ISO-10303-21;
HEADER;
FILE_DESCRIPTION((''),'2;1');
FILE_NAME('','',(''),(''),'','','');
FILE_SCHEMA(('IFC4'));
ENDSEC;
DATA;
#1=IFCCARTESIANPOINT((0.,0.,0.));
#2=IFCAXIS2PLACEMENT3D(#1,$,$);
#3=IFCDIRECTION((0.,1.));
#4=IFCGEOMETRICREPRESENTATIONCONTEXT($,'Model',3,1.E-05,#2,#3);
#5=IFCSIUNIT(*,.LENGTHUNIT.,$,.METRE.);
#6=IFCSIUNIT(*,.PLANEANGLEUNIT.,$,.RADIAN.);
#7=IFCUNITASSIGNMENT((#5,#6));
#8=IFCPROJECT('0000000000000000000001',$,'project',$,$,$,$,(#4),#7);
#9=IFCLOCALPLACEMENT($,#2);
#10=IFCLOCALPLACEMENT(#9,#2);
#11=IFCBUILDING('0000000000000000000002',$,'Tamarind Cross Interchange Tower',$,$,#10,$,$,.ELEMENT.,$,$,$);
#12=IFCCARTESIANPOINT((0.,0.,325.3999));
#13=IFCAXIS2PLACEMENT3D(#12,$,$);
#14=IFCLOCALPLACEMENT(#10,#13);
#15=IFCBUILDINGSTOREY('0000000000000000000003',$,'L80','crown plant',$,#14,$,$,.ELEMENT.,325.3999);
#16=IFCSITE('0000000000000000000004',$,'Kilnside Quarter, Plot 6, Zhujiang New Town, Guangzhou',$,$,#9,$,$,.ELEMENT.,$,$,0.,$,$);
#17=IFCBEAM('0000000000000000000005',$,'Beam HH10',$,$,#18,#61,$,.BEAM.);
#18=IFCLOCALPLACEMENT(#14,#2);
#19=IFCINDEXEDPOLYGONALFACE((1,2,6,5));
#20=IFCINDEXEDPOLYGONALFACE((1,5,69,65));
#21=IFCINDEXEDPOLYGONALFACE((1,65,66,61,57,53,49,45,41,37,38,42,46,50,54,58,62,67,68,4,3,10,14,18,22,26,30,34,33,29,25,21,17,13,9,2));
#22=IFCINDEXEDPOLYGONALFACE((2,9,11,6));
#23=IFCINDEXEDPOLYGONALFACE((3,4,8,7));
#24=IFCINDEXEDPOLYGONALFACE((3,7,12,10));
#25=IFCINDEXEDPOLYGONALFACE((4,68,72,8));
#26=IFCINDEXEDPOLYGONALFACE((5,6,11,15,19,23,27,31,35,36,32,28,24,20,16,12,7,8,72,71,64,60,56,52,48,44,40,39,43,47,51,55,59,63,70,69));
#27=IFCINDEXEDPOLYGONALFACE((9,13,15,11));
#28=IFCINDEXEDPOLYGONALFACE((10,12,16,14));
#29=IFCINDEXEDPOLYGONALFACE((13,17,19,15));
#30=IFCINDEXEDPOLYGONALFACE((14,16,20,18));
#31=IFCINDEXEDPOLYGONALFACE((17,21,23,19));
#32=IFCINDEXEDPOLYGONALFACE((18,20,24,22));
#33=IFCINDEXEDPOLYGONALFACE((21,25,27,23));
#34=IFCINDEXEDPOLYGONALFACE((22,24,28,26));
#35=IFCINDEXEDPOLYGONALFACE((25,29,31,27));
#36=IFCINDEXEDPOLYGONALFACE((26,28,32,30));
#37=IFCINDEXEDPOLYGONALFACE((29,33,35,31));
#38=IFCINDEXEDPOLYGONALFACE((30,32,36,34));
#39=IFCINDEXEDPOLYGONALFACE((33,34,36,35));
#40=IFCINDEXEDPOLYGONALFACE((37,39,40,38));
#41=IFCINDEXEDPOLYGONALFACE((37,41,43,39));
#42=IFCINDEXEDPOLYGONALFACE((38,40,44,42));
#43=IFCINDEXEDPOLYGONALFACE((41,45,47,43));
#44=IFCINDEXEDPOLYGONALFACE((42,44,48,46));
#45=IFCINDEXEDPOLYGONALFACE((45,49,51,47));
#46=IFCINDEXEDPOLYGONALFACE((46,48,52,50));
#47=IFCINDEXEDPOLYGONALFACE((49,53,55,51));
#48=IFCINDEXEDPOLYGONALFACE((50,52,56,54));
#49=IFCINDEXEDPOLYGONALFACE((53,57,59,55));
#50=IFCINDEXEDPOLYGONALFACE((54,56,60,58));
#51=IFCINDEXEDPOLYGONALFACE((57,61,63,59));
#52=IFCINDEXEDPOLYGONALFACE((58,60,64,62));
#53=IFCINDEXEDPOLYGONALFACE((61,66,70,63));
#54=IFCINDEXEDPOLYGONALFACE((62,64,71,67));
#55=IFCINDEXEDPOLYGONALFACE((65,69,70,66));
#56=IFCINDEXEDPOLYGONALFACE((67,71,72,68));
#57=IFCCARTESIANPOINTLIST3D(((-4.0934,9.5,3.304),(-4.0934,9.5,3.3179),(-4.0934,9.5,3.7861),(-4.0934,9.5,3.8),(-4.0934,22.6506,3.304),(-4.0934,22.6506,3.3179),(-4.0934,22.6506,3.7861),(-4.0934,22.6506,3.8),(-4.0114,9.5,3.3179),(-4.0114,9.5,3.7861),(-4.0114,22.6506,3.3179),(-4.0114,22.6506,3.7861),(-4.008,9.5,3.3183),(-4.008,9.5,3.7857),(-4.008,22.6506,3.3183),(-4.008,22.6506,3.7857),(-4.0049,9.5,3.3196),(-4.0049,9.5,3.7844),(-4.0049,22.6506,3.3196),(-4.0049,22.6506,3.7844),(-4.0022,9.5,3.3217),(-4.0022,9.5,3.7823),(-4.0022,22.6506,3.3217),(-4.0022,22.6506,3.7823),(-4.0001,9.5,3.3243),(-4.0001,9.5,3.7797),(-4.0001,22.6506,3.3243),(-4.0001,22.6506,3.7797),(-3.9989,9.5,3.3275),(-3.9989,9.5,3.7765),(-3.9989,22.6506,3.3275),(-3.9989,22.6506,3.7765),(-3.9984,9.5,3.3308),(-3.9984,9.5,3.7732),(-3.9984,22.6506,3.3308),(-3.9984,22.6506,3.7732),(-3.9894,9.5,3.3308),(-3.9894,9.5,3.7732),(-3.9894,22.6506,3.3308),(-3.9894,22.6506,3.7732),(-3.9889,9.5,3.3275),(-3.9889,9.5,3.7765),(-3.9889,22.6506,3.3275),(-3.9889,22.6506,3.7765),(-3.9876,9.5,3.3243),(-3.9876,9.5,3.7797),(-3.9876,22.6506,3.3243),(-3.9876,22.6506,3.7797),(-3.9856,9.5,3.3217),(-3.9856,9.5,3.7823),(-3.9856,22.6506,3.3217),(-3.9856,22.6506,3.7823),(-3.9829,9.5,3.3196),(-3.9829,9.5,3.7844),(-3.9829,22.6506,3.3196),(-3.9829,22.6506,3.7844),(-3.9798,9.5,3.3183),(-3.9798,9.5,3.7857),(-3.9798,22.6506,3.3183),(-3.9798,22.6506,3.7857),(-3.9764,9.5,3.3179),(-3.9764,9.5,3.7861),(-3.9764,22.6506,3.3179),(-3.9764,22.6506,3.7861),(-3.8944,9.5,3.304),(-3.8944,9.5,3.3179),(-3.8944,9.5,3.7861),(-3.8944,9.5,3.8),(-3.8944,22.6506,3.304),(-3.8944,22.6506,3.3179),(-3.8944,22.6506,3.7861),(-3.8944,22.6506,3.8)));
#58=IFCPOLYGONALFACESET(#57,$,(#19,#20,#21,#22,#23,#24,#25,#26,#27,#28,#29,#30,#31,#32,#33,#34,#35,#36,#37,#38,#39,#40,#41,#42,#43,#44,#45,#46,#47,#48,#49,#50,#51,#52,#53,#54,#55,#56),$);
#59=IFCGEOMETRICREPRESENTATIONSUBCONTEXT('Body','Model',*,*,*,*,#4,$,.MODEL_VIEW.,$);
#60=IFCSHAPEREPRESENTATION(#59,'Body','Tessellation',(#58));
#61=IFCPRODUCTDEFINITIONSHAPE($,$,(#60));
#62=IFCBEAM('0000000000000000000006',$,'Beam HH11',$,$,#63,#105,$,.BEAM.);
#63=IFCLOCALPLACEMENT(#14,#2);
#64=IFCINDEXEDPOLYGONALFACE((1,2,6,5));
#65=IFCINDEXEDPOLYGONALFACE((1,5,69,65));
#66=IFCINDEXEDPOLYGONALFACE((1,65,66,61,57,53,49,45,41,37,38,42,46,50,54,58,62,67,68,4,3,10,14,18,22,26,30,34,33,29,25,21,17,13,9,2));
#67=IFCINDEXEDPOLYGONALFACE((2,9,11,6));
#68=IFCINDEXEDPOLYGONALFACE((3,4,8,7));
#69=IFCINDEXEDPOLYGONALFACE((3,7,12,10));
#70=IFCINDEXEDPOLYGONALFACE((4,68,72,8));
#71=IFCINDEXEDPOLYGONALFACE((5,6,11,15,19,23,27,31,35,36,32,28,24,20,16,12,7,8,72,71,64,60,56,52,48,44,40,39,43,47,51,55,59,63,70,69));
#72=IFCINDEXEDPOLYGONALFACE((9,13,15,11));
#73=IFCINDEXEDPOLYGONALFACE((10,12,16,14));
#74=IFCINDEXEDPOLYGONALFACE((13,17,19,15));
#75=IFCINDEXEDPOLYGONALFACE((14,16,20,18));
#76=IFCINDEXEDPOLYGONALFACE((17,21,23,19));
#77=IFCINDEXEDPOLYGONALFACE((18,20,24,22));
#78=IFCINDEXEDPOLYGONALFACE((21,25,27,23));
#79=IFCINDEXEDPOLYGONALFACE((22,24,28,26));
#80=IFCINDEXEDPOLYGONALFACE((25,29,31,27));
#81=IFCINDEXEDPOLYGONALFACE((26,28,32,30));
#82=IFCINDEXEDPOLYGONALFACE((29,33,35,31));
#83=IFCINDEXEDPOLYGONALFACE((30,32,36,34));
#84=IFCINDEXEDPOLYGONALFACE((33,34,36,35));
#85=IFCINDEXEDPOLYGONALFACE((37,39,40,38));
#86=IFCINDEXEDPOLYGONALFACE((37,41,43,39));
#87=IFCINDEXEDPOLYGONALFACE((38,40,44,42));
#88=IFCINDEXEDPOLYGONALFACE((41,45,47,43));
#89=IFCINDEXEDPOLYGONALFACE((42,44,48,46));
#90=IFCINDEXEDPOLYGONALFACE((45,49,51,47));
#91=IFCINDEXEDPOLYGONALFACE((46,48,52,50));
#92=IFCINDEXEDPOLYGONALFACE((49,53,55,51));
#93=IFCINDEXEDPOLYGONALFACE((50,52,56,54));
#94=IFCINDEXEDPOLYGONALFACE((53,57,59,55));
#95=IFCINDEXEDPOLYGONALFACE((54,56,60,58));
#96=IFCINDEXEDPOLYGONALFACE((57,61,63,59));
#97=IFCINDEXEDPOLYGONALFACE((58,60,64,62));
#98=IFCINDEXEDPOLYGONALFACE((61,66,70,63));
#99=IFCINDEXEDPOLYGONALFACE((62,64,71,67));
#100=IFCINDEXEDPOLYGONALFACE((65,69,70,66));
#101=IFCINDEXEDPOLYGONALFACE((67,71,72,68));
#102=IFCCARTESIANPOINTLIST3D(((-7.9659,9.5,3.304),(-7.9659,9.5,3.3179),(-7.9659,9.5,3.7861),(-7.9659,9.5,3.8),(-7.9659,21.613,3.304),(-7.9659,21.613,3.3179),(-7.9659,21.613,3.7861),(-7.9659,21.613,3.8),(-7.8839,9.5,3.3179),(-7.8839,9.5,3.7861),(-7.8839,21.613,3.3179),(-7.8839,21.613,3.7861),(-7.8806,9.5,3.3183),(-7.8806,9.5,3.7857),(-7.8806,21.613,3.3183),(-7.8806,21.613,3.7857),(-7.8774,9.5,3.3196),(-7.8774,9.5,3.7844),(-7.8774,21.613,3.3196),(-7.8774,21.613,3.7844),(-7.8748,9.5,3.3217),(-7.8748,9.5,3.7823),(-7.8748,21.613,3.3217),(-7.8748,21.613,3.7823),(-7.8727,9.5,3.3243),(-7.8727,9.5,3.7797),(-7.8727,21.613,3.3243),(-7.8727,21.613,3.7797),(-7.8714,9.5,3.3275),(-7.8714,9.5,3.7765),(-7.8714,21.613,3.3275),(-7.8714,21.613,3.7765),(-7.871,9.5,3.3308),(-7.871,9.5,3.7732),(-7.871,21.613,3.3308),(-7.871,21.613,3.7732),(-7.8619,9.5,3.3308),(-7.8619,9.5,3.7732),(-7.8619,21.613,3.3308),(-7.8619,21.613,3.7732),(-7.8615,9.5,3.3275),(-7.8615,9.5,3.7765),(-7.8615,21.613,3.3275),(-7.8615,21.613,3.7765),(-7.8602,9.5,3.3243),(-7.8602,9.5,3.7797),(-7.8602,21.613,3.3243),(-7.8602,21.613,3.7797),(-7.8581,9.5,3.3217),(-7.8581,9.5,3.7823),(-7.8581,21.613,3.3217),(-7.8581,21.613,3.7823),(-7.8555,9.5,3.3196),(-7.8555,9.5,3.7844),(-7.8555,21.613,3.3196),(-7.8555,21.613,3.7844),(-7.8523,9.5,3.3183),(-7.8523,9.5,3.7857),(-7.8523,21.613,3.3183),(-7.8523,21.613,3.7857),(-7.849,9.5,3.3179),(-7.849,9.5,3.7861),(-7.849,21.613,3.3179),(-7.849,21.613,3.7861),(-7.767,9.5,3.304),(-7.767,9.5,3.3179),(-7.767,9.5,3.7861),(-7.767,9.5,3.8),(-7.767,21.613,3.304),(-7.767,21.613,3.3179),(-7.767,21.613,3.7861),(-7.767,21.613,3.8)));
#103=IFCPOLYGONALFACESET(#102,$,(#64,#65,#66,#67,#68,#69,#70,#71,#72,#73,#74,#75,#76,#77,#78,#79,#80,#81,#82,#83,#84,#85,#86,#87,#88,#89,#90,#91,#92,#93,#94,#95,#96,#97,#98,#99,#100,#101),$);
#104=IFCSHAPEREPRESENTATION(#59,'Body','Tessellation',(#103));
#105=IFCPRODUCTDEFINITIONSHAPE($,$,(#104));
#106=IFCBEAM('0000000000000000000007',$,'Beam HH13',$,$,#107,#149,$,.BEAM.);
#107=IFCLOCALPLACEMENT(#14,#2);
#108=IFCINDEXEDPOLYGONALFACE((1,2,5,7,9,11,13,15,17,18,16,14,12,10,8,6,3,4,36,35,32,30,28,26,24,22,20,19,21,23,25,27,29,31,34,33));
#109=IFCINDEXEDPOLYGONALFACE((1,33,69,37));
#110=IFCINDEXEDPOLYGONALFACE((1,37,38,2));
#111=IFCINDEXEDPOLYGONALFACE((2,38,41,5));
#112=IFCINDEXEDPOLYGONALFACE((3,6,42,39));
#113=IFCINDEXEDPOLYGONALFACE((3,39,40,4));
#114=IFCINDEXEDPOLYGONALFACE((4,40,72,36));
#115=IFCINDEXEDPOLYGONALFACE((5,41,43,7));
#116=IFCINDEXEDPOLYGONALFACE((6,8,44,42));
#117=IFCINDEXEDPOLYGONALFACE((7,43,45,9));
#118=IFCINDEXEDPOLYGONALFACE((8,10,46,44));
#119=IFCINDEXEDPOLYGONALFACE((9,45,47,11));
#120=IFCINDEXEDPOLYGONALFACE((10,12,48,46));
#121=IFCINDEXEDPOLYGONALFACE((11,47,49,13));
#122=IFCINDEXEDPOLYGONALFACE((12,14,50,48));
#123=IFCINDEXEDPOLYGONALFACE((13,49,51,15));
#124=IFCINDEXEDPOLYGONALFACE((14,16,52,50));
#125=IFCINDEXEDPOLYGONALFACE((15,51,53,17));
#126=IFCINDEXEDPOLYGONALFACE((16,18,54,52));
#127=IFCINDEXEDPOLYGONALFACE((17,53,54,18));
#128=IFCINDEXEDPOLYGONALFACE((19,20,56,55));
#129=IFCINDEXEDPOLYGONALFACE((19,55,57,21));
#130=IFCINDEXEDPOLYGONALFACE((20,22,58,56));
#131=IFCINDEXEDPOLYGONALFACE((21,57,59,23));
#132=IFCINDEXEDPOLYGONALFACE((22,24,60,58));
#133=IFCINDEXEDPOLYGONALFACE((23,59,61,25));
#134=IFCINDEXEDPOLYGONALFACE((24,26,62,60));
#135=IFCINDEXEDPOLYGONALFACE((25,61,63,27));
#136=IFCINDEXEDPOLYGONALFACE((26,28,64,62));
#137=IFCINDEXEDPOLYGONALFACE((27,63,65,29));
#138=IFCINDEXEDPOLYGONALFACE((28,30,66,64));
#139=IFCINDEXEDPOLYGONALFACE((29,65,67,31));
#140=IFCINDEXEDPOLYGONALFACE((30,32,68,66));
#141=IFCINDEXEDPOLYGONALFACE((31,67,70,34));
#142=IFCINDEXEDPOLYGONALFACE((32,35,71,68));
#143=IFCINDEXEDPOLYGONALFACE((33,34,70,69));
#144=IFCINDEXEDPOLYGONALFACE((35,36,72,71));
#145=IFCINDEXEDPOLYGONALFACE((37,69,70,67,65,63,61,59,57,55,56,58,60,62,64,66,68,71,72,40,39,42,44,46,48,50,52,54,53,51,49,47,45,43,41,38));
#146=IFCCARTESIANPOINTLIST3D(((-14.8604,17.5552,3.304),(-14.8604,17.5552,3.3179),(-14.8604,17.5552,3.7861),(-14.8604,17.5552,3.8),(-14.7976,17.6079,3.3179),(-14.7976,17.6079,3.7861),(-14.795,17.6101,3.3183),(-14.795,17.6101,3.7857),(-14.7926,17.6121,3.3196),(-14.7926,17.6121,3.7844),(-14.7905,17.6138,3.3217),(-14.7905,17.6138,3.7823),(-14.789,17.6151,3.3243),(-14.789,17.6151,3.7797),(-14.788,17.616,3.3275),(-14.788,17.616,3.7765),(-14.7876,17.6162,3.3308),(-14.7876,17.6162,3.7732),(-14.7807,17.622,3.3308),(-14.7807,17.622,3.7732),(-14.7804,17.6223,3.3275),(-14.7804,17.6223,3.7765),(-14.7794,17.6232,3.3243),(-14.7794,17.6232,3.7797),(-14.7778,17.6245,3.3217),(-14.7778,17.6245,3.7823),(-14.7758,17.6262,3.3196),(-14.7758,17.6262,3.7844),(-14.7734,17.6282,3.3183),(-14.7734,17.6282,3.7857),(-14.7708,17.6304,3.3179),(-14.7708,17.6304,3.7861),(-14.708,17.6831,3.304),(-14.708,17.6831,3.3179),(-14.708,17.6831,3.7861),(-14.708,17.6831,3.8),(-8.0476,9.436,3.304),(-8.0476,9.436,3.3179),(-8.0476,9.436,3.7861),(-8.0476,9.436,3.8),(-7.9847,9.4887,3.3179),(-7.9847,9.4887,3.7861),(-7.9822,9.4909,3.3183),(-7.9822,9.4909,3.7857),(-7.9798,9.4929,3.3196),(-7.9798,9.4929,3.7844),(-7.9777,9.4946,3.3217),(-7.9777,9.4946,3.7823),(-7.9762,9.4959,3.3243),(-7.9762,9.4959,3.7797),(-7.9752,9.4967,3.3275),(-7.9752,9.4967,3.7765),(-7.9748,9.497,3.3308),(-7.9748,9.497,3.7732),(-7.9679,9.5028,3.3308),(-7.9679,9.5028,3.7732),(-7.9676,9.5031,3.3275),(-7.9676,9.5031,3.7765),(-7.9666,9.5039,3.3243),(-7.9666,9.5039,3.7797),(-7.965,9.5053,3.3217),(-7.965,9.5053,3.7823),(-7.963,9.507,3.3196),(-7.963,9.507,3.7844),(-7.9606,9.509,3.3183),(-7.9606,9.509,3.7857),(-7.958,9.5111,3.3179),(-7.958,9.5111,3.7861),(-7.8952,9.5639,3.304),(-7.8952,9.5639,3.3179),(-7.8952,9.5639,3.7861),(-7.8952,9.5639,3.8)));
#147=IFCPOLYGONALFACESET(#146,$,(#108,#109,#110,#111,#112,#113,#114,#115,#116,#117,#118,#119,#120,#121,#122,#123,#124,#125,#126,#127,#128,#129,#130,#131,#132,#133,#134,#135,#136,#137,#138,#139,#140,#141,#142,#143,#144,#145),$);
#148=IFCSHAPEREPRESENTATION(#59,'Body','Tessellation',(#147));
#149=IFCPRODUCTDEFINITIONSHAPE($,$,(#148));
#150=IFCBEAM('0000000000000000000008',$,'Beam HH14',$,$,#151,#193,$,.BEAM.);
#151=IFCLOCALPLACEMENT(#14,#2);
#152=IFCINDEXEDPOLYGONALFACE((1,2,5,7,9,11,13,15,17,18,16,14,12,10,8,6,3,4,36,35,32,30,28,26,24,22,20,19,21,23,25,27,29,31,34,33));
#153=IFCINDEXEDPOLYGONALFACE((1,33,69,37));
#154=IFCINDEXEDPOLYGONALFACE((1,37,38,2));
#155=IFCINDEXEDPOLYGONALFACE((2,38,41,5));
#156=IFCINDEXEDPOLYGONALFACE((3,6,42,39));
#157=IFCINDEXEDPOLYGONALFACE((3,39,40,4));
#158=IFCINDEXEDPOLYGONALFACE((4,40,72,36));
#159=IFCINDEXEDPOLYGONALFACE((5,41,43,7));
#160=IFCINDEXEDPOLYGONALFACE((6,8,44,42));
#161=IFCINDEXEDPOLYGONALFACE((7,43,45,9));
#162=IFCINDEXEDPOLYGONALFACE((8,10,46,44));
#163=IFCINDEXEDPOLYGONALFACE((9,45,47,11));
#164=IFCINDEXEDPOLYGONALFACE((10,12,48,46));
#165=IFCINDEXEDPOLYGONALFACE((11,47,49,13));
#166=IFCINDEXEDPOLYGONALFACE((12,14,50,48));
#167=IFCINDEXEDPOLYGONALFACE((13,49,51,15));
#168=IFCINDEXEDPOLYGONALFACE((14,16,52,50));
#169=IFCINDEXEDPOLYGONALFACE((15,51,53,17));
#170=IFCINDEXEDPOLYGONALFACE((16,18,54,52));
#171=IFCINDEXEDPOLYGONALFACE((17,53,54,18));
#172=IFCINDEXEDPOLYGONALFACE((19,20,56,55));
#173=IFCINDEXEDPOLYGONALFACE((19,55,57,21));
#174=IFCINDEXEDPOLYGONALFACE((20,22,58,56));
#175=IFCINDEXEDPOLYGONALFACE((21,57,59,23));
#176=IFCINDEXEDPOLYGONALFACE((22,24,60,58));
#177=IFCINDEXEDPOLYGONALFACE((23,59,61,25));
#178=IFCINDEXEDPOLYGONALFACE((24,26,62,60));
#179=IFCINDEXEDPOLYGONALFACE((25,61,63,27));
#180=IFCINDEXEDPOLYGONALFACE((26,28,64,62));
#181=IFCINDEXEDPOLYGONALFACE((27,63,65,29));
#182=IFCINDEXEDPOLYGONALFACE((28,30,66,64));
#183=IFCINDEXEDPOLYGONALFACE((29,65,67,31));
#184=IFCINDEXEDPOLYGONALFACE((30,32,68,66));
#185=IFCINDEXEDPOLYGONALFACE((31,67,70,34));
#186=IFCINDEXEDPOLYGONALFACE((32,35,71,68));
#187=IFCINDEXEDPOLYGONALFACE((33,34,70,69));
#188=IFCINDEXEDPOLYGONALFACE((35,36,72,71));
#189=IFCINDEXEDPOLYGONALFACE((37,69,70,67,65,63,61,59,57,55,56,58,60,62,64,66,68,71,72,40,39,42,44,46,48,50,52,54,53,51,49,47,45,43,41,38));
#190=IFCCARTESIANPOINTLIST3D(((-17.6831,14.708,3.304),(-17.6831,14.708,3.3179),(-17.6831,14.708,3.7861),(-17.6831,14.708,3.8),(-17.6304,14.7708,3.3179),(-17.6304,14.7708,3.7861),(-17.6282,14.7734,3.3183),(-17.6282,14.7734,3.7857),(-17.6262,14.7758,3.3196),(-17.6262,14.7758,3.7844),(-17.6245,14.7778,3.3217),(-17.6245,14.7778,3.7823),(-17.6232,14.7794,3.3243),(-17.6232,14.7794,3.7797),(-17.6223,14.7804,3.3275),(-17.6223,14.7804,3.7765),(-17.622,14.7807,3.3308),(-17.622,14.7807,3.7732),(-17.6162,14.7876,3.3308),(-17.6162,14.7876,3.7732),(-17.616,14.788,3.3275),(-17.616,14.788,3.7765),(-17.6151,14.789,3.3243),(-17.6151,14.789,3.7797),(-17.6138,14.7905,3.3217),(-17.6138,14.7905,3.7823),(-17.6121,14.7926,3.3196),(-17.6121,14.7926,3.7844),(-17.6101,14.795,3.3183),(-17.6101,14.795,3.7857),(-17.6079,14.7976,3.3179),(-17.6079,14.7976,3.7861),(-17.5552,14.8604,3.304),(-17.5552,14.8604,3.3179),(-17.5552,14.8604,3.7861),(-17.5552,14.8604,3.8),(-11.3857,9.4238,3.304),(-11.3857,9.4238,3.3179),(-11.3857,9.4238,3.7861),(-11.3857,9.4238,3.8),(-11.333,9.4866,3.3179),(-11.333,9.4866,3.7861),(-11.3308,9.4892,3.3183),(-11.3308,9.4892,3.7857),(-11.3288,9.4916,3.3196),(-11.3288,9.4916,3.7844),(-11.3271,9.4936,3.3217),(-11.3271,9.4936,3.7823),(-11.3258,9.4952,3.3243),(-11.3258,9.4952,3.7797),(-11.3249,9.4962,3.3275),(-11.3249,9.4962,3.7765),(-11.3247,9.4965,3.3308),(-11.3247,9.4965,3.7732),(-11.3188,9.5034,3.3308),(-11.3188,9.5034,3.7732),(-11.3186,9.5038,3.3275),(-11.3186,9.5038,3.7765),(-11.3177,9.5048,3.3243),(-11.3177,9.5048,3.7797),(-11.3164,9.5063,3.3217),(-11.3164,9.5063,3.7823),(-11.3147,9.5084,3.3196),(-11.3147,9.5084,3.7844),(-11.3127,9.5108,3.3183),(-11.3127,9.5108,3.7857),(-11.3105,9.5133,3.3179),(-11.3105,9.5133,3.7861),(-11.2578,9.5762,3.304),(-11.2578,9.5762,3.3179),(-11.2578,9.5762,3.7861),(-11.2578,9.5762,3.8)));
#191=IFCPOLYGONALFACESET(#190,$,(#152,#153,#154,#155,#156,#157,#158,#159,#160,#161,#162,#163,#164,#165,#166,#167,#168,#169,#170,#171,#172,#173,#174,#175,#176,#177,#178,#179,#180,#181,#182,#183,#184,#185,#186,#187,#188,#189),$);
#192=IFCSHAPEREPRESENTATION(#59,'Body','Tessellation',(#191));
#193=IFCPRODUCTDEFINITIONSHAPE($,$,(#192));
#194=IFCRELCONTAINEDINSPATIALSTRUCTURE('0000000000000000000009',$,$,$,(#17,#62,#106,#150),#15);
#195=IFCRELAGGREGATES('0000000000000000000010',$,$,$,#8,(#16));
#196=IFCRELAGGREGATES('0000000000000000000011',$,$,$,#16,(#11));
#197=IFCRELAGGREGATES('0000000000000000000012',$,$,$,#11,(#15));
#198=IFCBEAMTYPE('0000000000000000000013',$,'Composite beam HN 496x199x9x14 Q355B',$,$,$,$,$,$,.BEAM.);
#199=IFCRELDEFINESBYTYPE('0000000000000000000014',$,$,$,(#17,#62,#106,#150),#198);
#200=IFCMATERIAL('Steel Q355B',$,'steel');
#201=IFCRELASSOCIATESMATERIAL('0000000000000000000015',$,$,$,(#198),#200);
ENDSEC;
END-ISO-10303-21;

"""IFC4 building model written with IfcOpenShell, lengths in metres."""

from ifc_helpers import new_model, si_unit, direction, frame, origin, origin_2d, place, context, subcontext, project, spatial, i_section, extrude, material, material_profile, profile_set, type_object, element, save


model = new_model("IFC4")

# Units and contexts
model_context = context("Model", 3, precision=1e-05, world=origin(), true_north=direction((0.0, 1.0)))
body_context = subcontext(model_context, "Body", "Model", "MODEL_VIEW")
ifc_project = project(units=[si_unit("LENGTHUNIT", "METRE"), si_unit("PLANEANGLEUNIT", "RADIAN")], contexts=[model_context])

# Site, building, storey
site_placement = place(None, origin())
site = spatial("IfcSite", under=ifc_project, at=site_placement, Name="Kilnside Quarter, Plot 6, Zhujiang New Town, Guangzhou", CompositionType="ELEMENT", RefElevation=0.0)
building_placement = place(site_placement, origin())
building = spatial("IfcBuilding", under=site, at=building_placement, Name="Tamarind Cross Interchange Tower", CompositionType="ELEMENT")
storey_placement = place(building_placement, frame((0.0, 0.0, 325.3999)))
storey = spatial("IfcBuildingStorey", under=building, at=storey_placement, Name="L80", Description="crown plant", CompositionType="ELEMENT", Elevation=325.3999)

# Beams
ifc_material_1 = material(Name="Steel Q355B", Category="steel")
ifc_material_profile_1 = material_profile(ifc_material_1, i_section(OverallWidth=0.199, OverallDepth=0.4961, WebThickness=0.009, FlangeThickness=0.0139, FilletRadius=0.0129, at=origin_2d()), Name="HN 496x199x9x14")
ifc_profile_set_1 = profile_set([ifc_material_profile_1], Name="Steel Q355B")
beam_type_1 = type_object("IfcBeamType", Name="Composite beam HN 496x199x9x14 Q355B", PredefinedType="BEAM", material=ifc_profile_set_1)
beam_1_placement = place(storey_placement, frame((-3.9939, 22.6506, 3.552), z_axis=(0.0, -1.0, 0.0), x_axis=(1.0, 0.0, 0.0)))
element("IfcBeam", 1, at=beam_1_placement, inside=storey, type_object=beam_type_1, Name="Beam HH10", PredefinedType="BEAM", context=body_context, shape_type="SweptSolid", body=[
    extrude(i_section(OverallWidth=0.199, OverallDepth=0.4961, WebThickness=0.009, FlangeThickness=0.0139, FilletRadius=0.0129, at=origin_2d()), origin(), (0.0, 0.0, 1.0), 13.1506),
])
beam_2_placement = place(storey_placement, frame((-7.8665, 21.613, 3.552), z_axis=(0.0, -1.0, 0.0), x_axis=(1.0, 0.0, 0.0)))
element("IfcBeam", 2, at=beam_2_placement, inside=storey, type_object=beam_type_1, Name="Beam HH11", PredefinedType="BEAM", context=body_context, shape_type="SweptSolid", body=[
    extrude(i_section(OverallWidth=0.199, OverallDepth=0.4961, WebThickness=0.009, FlangeThickness=0.0139, FilletRadius=0.0129, at=origin_2d()), origin(), (0.0, 0.0, 1.0), 12.113),
])
beam_3_placement = place(storey_placement, frame((-14.7842, 17.6191, 3.552), z_axis=(0.642786, -0.766046, 0.0), x_axis=(0.766046, 0.642786, 0.0)))
element("IfcBeam", 3, at=beam_3_placement, inside=storey, type_object=beam_type_1, Name="Beam HH13", PredefinedType="BEAM", context=body_context, shape_type="SweptSolid", body=[
    extrude(i_section(OverallWidth=0.199, OverallDepth=0.4961, WebThickness=0.009, FlangeThickness=0.0139, FilletRadius=0.0129, at=origin_2d()), origin(), (0.0, 0.0, 1.0), 10.5989),
])
beam_4_placement = place(storey_placement, frame((-17.6191, 14.7842, 3.552), z_axis=(0.766041, -0.642792, 0.0), x_axis=(0.642792, 0.766041, 0.0)))
element("IfcBeam", 4, at=beam_4_placement, inside=storey, type_object=beam_type_1, Name="Beam HH14", PredefinedType="BEAM", context=body_context, shape_type="SweptSolid", body=[
    extrude(i_section(OverallWidth=0.199, OverallDepth=0.4961, WebThickness=0.009, FlangeThickness=0.0139, FilletRadius=0.0129, at=origin_2d()), origin(), (0.0, 0.0, 1.0), 8.2207),
])

save(model, "model.ifc")
